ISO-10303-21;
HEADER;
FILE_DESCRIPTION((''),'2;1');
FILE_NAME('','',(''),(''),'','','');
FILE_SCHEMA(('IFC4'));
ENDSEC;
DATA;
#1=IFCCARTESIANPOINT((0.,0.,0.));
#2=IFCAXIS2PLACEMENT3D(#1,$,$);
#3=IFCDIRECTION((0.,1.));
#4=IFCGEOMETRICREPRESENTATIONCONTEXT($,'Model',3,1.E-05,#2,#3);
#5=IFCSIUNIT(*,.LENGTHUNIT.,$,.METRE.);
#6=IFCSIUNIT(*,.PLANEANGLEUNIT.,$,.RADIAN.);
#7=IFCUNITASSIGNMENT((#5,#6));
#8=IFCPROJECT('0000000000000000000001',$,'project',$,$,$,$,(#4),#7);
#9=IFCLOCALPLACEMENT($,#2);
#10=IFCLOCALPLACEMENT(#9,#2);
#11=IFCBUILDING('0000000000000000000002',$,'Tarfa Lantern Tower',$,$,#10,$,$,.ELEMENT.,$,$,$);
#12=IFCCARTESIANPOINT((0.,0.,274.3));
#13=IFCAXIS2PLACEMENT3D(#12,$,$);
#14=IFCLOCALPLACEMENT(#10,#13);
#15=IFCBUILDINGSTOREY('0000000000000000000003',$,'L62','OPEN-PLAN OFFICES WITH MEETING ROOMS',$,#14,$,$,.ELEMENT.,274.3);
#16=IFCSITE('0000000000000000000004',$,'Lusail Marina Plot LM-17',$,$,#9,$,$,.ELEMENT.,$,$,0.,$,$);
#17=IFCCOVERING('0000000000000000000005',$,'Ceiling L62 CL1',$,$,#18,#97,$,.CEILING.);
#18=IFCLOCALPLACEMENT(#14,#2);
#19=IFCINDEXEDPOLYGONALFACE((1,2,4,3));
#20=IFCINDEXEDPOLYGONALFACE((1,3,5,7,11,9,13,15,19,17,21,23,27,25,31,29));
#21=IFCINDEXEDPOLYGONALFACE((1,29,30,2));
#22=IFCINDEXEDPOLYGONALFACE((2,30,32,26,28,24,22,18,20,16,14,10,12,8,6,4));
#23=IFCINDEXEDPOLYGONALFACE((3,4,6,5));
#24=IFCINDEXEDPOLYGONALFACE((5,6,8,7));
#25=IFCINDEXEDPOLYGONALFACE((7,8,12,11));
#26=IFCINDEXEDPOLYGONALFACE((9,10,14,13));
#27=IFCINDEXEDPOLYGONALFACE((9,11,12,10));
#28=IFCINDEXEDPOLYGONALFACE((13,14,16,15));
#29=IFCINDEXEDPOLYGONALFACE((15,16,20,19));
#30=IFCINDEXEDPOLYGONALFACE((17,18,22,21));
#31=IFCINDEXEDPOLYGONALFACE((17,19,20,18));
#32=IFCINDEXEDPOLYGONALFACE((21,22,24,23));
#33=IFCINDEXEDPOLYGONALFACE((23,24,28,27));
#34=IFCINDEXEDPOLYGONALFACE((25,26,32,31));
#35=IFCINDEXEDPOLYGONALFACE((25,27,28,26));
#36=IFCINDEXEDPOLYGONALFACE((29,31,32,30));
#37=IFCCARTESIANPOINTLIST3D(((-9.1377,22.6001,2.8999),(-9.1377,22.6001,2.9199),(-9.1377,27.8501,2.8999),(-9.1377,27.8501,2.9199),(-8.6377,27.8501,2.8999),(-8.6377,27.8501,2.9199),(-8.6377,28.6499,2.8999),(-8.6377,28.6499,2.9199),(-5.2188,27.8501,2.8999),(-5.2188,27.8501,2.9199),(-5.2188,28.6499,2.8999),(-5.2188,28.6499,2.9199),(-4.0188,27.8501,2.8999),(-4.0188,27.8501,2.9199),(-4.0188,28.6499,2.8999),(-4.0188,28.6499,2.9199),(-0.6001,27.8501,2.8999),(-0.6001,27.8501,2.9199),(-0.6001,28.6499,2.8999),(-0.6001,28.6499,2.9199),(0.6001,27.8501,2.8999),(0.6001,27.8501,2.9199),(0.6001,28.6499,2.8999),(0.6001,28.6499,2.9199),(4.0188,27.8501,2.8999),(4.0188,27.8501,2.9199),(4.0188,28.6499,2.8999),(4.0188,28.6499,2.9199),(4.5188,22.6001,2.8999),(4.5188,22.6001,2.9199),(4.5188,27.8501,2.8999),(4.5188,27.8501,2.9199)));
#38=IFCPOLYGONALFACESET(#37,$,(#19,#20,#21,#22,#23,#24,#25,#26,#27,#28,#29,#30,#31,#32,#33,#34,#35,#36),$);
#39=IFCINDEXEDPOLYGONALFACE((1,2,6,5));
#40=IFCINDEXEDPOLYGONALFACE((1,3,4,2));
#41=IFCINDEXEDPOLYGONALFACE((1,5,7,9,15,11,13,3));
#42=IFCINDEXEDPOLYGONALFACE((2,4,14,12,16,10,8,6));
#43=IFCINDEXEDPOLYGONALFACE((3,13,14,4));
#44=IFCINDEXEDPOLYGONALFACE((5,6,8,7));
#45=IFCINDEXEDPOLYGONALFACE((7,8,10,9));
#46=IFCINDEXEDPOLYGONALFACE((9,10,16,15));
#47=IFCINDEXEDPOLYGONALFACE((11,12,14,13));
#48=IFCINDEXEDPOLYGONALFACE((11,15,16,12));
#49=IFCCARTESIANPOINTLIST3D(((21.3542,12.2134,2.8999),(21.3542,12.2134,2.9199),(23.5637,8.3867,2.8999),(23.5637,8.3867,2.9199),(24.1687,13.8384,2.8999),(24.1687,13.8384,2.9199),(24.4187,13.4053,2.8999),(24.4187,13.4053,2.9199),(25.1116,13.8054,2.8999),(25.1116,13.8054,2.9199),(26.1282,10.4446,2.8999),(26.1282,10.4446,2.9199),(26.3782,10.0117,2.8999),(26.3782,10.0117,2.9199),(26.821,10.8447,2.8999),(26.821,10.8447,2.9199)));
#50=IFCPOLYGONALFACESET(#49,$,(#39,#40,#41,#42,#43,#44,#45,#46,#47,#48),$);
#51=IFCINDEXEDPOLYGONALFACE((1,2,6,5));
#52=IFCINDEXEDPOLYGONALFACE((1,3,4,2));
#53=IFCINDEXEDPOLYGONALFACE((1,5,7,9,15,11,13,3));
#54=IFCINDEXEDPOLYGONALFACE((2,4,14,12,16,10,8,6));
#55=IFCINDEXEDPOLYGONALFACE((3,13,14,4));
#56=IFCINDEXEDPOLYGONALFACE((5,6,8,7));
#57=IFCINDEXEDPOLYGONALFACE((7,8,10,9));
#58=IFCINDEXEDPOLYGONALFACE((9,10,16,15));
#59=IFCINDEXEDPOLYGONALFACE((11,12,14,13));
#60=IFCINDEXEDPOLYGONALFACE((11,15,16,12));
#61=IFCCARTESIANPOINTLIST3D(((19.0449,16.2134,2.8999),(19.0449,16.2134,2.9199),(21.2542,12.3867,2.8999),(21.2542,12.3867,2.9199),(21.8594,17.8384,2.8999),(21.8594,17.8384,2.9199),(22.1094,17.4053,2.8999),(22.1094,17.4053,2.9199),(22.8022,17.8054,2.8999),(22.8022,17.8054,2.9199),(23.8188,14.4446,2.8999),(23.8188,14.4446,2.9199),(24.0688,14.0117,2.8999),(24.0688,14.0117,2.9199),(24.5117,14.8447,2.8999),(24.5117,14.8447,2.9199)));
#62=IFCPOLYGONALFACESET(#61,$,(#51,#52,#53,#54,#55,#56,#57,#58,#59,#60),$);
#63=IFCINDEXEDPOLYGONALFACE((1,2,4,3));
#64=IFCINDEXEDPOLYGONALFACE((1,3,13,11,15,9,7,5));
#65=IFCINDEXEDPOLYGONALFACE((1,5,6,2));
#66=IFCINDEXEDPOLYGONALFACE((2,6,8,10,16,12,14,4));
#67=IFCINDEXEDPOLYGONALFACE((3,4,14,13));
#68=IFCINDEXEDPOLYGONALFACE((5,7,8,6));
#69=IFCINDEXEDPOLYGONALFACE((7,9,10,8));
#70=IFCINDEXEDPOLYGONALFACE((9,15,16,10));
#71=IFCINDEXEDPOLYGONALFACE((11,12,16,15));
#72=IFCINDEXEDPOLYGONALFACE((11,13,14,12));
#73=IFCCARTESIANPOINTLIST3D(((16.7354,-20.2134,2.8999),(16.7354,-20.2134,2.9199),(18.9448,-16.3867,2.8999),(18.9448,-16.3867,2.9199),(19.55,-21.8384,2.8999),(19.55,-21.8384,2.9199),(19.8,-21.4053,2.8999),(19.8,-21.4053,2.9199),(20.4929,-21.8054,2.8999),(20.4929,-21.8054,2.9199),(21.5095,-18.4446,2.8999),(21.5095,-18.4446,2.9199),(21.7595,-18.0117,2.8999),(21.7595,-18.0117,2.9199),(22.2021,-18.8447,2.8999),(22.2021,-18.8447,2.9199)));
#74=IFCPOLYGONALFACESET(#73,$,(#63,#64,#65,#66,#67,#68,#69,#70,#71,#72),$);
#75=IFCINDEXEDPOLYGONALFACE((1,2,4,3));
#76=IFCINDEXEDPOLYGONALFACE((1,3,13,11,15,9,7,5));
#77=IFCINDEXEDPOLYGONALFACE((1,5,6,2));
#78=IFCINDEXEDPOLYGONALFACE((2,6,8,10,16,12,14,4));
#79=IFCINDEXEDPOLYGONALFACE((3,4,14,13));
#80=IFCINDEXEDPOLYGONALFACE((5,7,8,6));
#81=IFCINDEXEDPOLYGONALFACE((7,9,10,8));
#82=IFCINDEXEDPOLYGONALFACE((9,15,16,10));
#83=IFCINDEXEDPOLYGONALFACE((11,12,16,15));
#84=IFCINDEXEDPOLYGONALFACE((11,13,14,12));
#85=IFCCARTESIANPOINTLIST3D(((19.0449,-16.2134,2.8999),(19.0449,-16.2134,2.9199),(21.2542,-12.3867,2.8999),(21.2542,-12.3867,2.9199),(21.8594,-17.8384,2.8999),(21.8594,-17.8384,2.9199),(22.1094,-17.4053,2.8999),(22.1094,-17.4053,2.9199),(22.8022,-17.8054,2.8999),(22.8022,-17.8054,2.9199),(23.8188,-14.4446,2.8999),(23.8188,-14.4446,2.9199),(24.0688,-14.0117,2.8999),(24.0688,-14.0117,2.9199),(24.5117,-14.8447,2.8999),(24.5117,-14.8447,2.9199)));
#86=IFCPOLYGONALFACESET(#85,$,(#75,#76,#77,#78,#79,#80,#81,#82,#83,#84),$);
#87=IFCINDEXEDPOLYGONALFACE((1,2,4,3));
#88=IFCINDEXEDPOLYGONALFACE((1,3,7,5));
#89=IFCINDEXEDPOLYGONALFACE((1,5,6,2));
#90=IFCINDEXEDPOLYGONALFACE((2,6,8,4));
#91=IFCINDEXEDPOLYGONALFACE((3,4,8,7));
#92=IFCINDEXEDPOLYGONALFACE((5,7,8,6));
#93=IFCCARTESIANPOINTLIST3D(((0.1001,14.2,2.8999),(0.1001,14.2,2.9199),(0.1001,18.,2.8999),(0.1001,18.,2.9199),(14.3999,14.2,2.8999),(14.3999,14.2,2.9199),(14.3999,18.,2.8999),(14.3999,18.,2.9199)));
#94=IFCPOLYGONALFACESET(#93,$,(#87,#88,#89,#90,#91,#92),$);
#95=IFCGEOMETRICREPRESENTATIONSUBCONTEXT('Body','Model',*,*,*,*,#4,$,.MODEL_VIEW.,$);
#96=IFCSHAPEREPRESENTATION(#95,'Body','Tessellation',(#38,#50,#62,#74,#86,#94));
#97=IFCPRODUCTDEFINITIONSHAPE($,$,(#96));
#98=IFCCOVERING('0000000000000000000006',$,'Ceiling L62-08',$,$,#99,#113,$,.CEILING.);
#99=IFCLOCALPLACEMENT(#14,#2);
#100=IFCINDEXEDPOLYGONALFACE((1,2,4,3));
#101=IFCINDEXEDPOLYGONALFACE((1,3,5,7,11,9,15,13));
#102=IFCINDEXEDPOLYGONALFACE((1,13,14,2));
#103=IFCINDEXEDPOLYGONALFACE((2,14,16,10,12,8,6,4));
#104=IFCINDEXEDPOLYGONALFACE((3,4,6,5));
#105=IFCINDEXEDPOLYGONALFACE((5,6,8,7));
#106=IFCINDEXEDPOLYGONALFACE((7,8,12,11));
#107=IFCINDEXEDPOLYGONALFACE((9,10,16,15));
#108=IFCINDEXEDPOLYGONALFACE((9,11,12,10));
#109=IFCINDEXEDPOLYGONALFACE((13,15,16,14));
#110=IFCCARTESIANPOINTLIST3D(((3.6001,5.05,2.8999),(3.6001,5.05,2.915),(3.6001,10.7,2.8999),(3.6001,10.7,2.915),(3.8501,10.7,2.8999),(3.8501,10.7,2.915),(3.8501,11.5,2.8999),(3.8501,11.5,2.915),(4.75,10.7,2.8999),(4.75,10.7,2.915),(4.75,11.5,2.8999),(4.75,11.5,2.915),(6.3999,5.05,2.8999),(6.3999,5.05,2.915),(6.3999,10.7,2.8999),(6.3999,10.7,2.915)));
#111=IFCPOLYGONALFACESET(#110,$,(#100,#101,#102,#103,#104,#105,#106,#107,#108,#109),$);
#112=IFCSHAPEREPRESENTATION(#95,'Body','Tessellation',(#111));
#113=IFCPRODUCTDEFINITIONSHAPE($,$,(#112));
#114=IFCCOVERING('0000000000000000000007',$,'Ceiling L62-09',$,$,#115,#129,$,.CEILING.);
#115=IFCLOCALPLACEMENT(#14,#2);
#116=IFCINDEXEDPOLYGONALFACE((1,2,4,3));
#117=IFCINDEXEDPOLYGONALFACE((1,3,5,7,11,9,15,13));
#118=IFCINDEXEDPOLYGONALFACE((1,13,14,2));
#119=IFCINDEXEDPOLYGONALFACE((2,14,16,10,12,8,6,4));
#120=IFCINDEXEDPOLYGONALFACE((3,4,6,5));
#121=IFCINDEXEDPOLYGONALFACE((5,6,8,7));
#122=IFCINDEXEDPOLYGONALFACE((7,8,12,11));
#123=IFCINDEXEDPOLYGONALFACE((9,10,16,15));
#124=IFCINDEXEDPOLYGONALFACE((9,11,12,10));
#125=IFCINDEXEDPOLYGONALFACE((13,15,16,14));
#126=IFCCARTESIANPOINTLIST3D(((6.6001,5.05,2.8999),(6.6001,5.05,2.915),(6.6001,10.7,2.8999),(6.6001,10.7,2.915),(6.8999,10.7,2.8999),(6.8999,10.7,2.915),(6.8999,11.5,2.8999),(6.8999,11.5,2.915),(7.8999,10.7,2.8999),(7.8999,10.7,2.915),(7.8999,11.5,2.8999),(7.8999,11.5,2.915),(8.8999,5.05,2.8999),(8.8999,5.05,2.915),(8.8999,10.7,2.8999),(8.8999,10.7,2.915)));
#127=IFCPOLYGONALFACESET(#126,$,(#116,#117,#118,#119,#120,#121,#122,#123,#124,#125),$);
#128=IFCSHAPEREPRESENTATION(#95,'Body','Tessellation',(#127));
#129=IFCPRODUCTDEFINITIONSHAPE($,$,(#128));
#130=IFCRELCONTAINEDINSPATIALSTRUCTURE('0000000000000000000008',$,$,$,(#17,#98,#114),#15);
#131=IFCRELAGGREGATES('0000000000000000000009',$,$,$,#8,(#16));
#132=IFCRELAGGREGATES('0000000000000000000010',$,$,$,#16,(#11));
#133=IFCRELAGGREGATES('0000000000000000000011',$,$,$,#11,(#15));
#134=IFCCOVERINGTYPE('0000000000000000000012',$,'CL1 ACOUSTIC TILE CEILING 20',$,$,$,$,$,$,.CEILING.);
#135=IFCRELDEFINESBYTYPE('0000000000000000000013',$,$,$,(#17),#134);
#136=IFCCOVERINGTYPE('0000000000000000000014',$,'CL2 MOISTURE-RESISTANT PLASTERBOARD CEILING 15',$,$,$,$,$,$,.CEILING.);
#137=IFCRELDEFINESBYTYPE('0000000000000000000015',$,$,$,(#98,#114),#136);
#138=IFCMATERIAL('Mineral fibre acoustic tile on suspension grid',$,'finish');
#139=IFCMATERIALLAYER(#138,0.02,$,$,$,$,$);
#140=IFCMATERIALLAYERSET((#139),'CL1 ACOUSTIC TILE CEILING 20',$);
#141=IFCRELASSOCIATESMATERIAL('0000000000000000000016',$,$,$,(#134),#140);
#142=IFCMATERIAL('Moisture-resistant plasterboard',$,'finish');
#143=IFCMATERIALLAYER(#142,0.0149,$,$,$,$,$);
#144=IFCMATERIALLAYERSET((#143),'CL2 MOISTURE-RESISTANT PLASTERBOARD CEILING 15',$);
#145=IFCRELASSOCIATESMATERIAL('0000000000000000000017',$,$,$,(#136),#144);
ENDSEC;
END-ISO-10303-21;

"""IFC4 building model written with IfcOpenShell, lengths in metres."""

from ifc_helpers import new_model, si_unit, direction, frame, origin, place, context, subcontext, project, spatial, polyline, outline, extrude, material, layer, layer_set, type_object, element, save


model = new_model("IFC4")

# Units and contexts
model_context = context("Model", 3, precision=1e-05, world=origin(), true_north=direction((0.0, 1.0)))
body_context = subcontext(model_context, "Body", "Model", "MODEL_VIEW")
ifc_project = project(units=[si_unit("LENGTHUNIT", "METRE"), si_unit("PLANEANGLEUNIT", "RADIAN")], contexts=[model_context])

# Site, building, storey
site_placement = place(None, origin())
site = spatial("IfcSite", under=ifc_project, at=site_placement, Name="Lusail Marina Plot LM-17", CompositionType="ELEMENT", RefElevation=0.0)
building_placement = place(site_placement, origin())
building = spatial("IfcBuilding", under=site, at=building_placement, Name="Tarfa Lantern Tower", CompositionType="ELEMENT")
storey_placement = place(building_placement, frame((0.0, 0.0, 274.3)))
storey = spatial("IfcBuildingStorey", under=building, at=storey_placement, Name="L62", Description="OPEN-PLAN OFFICES WITH MEETING ROOMS", CompositionType="ELEMENT", Elevation=274.3)

# Coverings
ifc_material_1 = material(Name="Mineral fibre acoustic tile on suspension grid", Category="finish")
ifc_layer_1 = layer(ifc_material_1, 0.02)
ifc_layer_set_1 = layer_set([ifc_layer_1], Name="CL1 ACOUSTIC TILE CEILING 20")
covering_type_1 = type_object("IfcCoveringType", Name="CL1 ACOUSTIC TILE CEILING 20", PredefinedType="CEILING", material=ifc_layer_set_1)
covering_1_placement = place(storey_placement, frame((0.0, 0.0, 2.8999)))
element("IfcCovering", 1, at=covering_1_placement, inside=storey, type_object=covering_type_1, Name="Ceiling L62 CL1", PredefinedType="CEILING", context=body_context, shape_type="SweptSolid", body=[
    extrude(outline(polyline([(4.5188, 22.6001), (-9.1377, 22.6001), (-9.1377, 27.8501), (-8.6377, 27.8501), (-8.6377, 28.6499), (-5.2188, 28.6499), (-5.2188, 27.8501), (-4.0188, 27.8501), (-4.0188, 28.6499), (-0.6001, 28.6499), (-0.6001, 27.8501), (0.6001, 27.8501), (0.6001, 28.6499), (4.0188, 28.6499), (4.0188, 27.8501), (4.5188, 27.8501), (4.5188, 22.6001)])), origin(), (0.0, 0.0, 1.0), 0.02),
    extrude(outline(polyline([(21.3542, 12.2134), (24.1687, 13.8384), (24.4187, 13.4053), (25.1116, 13.8054), (26.821, 10.8447), (26.1282, 10.4446), (26.3782, 10.0117), (23.5637, 8.3867), (21.3542, 12.2134)])), origin(), (0.0, 0.0, 1.0), 0.02),
    extrude(outline(polyline([(19.0449, 16.2134), (21.8594, 17.8384), (22.1094, 17.4053), (22.8022, 17.8054), (24.5117, 14.8447), (23.8188, 14.4446), (24.0688, 14.0117), (21.2542, 12.3867), (19.0449, 16.2134)])), origin(), (0.0, 0.0, 1.0), 0.02),
    extrude(outline(polyline([(18.9448, -16.3867), (21.7595, -18.0117), (21.5095, -18.4446), (22.2021, -18.8447), (20.4929, -21.8054), (19.8, -21.4053), (19.55, -21.8384), (16.7354, -20.2134), (18.9448, -16.3867)])), origin(), (0.0, 0.0, 1.0), 0.02),
    extrude(outline(polyline([(21.2542, -12.3867), (24.0688, -14.0117), (23.8188, -14.4446), (24.5117, -14.8447), (22.8022, -17.8054), (22.1094, -17.4053), (21.8594, -17.8384), (19.0449, -16.2134), (21.2542, -12.3867)])), origin(), (0.0, 0.0, 1.0), 0.02),
    extrude(outline(polyline([(0.1001, 18.0), (14.3999, 18.0), (14.3999, 14.2), (0.1001, 14.2), (0.1001, 18.0)])), origin(), (0.0, 0.0, 1.0), 0.02),
])
ifc_material_2 = material(Name="Moisture-resistant plasterboard", Category="finish")
ifc_layer_2 = layer(ifc_material_2, 0.0149)
ifc_layer_set_2 = layer_set([ifc_layer_2], Name="CL2 MOISTURE-RESISTANT PLASTERBOARD CEILING 15")
covering_type_2 = type_object("IfcCoveringType", Name="CL2 MOISTURE-RESISTANT PLASTERBOARD CEILING 15", PredefinedType="CEILING", material=ifc_layer_set_2)
covering_2_placement = place(storey_placement, frame((0.0, 0.0, 2.8999)))
element("IfcCovering", 2, at=covering_2_placement, inside=storey, type_object=covering_type_2, Name="Ceiling L62-08", PredefinedType="CEILING", context=body_context, shape_type="SweptSolid", body=[
    extrude(outline(polyline([(3.6001, 5.05), (6.3999, 5.05), (6.3999, 10.7), (4.75, 10.7), (4.75, 11.5), (3.8501, 11.5), (3.8501, 10.7), (3.6001, 10.7), (3.6001, 5.05)])), origin(), (0.0, 0.0, 1.0), 0.0151),
])
covering_3_placement = place(storey_placement, frame((0.0, 0.0, 2.8999)))
element("IfcCovering", 3, at=covering_3_placement, inside=storey, type_object=covering_type_2, Name="Ceiling L62-09", PredefinedType="CEILING", context=body_context, shape_type="SweptSolid", body=[
    extrude(outline(polyline([(6.6001, 5.05), (8.8999, 5.05), (8.8999, 10.7), (7.8999, 10.7), (7.8999, 11.5), (6.8999, 11.5), (6.8999, 10.7), (6.6001, 10.7), (6.6001, 5.05)])), origin(), (0.0, 0.0, 1.0), 0.0151),
])

save(model, "model.ifc")
